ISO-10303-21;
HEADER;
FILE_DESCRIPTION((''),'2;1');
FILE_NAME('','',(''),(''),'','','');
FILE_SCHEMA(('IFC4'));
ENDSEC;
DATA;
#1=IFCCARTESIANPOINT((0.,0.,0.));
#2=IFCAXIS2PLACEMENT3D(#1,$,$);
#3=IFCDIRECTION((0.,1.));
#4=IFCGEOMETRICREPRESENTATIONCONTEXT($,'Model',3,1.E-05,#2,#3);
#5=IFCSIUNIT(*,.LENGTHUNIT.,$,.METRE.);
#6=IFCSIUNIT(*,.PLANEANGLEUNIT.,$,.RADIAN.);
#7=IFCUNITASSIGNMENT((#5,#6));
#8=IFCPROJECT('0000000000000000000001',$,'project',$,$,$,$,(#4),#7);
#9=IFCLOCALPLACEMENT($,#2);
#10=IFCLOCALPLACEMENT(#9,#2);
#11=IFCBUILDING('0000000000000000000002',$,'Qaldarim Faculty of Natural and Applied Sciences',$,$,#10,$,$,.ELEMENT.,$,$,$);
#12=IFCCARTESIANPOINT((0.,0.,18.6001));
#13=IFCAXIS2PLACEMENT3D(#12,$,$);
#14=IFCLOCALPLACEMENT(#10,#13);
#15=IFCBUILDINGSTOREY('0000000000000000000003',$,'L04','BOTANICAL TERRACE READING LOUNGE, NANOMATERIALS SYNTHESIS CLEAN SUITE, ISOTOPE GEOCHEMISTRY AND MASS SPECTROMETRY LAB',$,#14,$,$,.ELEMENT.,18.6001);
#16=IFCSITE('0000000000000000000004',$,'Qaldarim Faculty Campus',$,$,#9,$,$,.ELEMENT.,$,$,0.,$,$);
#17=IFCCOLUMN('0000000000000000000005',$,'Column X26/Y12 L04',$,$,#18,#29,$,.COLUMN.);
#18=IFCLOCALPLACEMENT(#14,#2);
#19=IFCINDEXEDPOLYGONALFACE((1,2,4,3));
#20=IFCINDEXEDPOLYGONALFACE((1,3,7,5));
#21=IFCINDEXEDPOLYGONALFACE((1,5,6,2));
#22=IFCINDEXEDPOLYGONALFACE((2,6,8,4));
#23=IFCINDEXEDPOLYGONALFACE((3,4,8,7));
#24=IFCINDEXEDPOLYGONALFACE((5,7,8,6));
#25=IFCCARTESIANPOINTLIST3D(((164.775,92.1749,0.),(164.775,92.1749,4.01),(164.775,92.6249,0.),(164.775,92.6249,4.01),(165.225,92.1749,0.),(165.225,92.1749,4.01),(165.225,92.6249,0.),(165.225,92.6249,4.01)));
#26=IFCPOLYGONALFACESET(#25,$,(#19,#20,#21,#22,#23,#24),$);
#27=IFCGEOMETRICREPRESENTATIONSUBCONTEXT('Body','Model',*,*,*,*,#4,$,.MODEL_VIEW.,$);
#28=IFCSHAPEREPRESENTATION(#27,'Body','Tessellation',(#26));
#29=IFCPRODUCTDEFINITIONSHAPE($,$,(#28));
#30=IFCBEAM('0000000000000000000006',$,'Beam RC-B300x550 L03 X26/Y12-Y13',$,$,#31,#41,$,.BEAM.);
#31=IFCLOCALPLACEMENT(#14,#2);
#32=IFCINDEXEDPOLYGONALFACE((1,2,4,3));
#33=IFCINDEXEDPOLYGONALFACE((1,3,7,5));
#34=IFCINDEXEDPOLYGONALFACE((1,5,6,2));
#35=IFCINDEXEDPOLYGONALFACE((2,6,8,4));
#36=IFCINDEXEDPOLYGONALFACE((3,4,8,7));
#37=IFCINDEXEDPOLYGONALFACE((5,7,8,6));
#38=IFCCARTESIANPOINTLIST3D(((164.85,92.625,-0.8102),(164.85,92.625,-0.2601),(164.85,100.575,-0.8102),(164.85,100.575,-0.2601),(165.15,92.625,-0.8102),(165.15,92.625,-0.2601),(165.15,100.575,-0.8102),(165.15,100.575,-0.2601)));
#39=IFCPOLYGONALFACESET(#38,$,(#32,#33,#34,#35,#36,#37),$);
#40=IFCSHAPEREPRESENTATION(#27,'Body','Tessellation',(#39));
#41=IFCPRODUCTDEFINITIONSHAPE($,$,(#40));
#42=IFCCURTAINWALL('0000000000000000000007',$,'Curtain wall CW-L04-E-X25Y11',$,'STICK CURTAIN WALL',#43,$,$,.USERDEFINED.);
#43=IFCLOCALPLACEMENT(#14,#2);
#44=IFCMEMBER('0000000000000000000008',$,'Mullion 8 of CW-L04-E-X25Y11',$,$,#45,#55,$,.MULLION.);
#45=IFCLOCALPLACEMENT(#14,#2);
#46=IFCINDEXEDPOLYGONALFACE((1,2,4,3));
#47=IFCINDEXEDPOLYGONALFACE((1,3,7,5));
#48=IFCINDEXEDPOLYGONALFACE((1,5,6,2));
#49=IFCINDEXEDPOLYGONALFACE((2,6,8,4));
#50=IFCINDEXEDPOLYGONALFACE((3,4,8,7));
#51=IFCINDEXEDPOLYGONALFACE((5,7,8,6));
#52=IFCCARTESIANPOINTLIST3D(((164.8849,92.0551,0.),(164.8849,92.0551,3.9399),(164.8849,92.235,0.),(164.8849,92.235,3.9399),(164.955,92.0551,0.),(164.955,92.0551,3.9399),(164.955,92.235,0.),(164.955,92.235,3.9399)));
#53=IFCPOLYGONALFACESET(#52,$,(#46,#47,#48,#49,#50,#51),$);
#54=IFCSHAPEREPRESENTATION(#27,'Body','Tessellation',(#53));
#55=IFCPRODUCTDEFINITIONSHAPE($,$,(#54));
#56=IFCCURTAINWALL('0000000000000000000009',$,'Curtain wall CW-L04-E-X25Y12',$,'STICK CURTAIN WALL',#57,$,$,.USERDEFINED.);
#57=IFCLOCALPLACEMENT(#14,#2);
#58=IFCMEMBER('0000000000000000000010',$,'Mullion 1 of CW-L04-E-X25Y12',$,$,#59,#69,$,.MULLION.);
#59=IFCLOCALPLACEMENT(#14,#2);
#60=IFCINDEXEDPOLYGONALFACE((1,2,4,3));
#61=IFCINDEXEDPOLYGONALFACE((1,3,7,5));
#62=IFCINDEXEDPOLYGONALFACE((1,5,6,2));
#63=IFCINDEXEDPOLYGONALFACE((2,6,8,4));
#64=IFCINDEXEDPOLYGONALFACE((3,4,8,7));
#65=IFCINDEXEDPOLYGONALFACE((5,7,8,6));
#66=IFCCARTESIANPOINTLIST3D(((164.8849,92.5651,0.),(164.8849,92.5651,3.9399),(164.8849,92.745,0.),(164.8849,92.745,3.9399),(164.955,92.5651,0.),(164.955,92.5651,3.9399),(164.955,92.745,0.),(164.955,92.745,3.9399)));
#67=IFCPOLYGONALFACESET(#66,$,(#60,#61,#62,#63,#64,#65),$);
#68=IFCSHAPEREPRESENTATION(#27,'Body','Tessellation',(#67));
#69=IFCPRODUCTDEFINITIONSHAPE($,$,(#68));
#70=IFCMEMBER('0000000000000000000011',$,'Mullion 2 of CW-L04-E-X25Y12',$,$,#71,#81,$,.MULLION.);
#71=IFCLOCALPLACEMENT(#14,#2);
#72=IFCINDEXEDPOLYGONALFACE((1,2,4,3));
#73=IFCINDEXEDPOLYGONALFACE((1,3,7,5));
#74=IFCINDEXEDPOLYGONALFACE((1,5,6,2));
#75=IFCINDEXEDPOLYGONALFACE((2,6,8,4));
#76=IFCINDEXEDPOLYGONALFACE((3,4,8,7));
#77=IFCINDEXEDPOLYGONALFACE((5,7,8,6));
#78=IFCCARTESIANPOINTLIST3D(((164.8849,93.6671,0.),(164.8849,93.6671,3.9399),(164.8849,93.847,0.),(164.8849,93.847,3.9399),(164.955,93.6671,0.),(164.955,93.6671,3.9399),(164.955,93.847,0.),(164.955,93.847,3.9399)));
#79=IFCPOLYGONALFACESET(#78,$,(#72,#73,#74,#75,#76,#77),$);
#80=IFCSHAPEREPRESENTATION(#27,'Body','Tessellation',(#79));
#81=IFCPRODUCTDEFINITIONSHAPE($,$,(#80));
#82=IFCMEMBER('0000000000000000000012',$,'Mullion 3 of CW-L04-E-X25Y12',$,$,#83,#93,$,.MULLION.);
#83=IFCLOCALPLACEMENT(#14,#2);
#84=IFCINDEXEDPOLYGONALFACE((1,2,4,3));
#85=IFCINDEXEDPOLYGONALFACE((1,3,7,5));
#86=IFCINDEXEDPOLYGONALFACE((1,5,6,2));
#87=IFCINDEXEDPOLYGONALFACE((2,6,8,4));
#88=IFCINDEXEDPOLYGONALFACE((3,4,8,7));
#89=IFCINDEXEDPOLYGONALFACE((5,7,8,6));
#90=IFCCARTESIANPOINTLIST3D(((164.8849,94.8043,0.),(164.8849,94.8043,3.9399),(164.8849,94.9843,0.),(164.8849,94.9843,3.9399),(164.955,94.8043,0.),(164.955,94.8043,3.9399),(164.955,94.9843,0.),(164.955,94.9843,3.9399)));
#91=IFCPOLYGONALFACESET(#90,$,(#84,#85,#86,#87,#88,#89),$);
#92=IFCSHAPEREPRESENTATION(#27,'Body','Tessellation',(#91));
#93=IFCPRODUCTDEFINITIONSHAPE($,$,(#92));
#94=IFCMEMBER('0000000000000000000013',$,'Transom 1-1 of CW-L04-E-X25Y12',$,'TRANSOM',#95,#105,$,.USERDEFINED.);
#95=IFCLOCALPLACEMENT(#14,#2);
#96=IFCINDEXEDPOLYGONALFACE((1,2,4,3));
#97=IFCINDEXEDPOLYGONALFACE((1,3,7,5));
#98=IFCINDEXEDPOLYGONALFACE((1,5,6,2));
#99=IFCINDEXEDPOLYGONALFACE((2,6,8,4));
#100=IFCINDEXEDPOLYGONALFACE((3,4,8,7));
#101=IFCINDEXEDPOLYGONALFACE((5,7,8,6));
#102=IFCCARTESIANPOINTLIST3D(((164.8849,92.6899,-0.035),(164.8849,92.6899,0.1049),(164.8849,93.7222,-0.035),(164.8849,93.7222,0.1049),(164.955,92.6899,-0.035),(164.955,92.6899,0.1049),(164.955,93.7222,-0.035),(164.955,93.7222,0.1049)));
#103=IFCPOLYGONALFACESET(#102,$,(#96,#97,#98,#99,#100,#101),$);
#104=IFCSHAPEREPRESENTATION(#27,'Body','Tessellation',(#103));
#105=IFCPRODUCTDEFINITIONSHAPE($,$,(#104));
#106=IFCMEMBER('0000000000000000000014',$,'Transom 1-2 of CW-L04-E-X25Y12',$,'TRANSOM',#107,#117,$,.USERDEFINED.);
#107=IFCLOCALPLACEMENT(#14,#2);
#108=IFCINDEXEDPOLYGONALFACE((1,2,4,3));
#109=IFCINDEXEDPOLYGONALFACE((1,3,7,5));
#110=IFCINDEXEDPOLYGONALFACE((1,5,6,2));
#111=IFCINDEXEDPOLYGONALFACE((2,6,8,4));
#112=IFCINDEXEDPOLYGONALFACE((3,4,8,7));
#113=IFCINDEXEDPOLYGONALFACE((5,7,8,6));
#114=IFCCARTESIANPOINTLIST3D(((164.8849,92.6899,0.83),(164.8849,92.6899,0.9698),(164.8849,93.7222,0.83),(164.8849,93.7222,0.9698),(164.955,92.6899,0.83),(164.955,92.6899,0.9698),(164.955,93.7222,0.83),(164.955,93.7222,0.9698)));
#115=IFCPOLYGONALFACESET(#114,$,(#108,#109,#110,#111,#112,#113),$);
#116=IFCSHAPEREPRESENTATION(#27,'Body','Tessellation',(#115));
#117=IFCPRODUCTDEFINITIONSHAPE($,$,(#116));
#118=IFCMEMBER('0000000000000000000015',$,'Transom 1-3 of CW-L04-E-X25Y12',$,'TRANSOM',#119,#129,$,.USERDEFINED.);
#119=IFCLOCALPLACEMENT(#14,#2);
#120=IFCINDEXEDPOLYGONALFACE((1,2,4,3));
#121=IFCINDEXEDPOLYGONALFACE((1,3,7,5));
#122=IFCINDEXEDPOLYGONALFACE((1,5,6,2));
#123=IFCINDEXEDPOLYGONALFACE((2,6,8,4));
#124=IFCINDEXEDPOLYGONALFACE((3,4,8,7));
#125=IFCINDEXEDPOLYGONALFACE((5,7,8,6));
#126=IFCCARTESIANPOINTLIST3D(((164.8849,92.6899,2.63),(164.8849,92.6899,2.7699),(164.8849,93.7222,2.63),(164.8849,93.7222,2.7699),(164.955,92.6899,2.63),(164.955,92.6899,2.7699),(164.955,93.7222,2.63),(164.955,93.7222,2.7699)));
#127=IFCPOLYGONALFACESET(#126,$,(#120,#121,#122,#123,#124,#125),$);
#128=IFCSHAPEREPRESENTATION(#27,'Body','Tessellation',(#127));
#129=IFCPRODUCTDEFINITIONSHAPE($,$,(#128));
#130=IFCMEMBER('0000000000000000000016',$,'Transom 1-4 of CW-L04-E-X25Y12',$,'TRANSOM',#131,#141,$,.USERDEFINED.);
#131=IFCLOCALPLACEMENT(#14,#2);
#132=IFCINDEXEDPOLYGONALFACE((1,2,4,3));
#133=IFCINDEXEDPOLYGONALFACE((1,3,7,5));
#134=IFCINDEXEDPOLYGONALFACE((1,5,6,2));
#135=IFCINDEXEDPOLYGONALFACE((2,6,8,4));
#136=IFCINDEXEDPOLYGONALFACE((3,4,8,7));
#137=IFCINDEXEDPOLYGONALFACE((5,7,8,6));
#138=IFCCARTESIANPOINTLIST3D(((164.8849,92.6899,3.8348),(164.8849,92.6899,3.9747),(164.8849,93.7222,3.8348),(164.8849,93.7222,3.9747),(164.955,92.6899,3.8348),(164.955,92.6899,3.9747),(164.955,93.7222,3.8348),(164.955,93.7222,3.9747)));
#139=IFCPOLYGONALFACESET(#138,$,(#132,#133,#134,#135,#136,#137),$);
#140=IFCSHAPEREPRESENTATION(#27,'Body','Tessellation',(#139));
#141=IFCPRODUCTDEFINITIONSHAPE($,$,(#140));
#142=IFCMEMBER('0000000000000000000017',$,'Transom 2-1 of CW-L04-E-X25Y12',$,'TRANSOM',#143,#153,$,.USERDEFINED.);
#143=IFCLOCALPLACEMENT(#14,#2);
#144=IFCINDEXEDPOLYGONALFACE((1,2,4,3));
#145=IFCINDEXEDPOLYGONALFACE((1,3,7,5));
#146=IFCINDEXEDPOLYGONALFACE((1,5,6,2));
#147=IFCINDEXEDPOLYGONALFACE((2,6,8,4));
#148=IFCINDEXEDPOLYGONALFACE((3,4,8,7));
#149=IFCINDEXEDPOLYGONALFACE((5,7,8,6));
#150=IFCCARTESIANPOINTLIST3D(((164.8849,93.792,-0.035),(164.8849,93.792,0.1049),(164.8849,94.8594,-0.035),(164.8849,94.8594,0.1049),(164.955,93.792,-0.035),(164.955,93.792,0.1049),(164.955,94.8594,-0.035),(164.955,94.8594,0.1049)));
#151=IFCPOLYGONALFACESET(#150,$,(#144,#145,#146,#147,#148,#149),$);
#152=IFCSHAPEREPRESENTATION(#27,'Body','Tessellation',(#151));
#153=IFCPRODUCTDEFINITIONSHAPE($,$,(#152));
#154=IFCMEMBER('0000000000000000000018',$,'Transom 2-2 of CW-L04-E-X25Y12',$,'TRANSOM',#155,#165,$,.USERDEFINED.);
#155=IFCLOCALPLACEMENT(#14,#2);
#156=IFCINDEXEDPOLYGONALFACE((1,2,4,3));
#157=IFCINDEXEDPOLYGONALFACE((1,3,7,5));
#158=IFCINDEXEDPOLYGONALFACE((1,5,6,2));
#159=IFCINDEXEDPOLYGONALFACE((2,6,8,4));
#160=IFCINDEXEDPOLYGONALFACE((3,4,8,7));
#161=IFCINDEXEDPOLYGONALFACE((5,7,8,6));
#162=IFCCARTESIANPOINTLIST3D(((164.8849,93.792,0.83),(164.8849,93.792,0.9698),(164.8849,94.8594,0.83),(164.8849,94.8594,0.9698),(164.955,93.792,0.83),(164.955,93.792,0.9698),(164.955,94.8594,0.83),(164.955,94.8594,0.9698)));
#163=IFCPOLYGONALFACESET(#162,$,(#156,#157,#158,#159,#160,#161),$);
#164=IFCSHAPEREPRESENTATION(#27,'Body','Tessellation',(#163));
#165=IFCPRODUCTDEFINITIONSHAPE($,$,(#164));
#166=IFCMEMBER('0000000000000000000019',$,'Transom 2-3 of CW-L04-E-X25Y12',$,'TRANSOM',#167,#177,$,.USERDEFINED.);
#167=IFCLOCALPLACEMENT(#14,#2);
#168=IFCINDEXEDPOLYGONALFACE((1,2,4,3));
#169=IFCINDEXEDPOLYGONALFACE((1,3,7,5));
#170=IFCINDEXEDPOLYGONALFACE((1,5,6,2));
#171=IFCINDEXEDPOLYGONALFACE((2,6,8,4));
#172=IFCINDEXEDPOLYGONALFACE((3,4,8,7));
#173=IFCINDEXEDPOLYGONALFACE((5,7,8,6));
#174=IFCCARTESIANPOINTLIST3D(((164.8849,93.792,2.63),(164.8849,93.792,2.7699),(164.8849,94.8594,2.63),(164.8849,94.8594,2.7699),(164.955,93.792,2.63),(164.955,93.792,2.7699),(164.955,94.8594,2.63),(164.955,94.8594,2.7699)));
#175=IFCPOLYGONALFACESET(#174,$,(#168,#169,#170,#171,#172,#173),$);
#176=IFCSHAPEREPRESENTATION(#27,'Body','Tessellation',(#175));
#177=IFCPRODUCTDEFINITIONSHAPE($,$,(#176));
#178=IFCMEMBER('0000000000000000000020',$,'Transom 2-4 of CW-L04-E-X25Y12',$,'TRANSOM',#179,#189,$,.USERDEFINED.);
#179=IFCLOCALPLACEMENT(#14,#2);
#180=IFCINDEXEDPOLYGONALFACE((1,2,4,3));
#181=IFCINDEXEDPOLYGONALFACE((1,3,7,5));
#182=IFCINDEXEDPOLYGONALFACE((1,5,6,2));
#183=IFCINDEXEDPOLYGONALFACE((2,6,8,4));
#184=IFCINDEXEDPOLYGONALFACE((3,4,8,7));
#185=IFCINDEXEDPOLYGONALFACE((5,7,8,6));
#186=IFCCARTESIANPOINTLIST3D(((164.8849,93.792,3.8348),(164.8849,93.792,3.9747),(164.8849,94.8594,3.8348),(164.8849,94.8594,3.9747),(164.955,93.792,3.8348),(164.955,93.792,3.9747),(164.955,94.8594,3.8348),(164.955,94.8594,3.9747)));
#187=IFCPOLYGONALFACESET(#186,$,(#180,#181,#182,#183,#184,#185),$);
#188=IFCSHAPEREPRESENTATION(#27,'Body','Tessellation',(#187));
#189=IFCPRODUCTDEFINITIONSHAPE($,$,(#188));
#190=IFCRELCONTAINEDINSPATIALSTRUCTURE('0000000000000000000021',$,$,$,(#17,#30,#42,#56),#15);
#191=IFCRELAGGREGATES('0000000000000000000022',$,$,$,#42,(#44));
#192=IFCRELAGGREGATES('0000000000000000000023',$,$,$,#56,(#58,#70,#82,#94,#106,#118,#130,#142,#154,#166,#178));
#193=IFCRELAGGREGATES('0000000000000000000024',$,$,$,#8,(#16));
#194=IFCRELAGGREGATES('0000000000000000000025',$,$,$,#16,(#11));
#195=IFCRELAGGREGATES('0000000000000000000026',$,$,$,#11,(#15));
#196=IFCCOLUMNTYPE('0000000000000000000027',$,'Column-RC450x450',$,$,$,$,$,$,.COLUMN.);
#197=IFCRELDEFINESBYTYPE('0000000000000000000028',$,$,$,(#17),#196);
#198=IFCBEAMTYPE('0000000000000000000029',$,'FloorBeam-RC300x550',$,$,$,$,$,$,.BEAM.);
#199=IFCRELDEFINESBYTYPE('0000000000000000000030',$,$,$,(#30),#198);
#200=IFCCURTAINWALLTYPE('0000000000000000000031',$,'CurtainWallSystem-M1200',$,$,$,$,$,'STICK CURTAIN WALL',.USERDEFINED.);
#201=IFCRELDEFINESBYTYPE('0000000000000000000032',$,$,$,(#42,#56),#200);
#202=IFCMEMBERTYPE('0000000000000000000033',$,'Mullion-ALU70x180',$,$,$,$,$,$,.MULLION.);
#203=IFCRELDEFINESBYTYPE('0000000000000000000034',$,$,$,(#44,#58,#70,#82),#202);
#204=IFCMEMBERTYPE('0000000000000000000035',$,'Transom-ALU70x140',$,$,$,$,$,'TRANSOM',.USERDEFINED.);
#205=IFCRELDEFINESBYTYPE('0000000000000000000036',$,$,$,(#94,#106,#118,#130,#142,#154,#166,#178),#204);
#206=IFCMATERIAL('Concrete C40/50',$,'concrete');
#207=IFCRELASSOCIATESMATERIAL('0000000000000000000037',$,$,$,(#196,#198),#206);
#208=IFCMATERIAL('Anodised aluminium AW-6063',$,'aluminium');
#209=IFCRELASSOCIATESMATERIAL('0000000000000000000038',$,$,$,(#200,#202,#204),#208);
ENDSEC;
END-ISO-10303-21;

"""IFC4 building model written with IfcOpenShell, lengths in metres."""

from ifc_helpers import new_model, si_unit, direction, frame, origin, origin_2d, place, context, subcontext, project, spatial, rectangle, extrude, material, material_profile, profile_set, type_object, element, aggregate, save


model = new_model("IFC4")

# Units and contexts
model_context = context("Model", 3, precision=1e-05, world=origin(), true_north=direction((0.0, 1.0)))
body_context = subcontext(model_context, "Body", "Model", "MODEL_VIEW")
ifc_project = project(units=[si_unit("LENGTHUNIT", "METRE"), si_unit("PLANEANGLEUNIT", "RADIAN")], contexts=[model_context])

# Site, building, storey
site_placement = place(None, origin())
site = spatial("IfcSite", under=ifc_project, at=site_placement, Name="Qaldarim Faculty Campus", CompositionType="ELEMENT", RefElevation=0.0)
building_placement = place(site_placement, origin())
building = spatial("IfcBuilding", under=site, at=building_placement, Name="Qaldarim Faculty of Natural and Applied Sciences", CompositionType="ELEMENT")
storey_placement = place(building_placement, frame((0.0, 0.0, 18.6001)))
storey = spatial("IfcBuildingStorey", under=building, at=storey_placement, Name="L04", Description="BOTANICAL TERRACE READING LOUNGE, NANOMATERIALS SYNTHESIS CLEAN SUITE, ISOTOPE GEOCHEMISTRY AND MASS SPECTROMETRY LAB", CompositionType="ELEMENT", Elevation=18.6001)

# Column
ifc_material_1 = material(Name="Concrete C40/50", Category="concrete")
ifc_material_profile_1 = material_profile(ifc_material_1, rectangle(XDim=0.45, YDim=0.45, at=origin_2d()), Name="RC-C450x450")
ifc_profile_set_1 = profile_set([ifc_material_profile_1], Name="Concrete C40/50")
column_type = type_object("IfcColumnType", Name="Column-RC450x450", PredefinedType="COLUMN", material=ifc_profile_set_1)
column_placement = place(storey_placement, frame((165.0, 92.3999, 0.0), z_axis=(0.0, 0.0, 1.0), x_axis=(1.0, 0.0, 0.0)))
element("IfcColumn", 1, at=column_placement, inside=storey, type_object=column_type, Name="Column X26/Y12 L04", PredefinedType="COLUMN", context=body_context, shape_type="SweptSolid", body=[
    extrude(rectangle(XDim=0.45, YDim=0.45, at=origin_2d()), origin(), (0.0, 0.0, 1.0), 4.01),
])

# Beam
ifc_material_profile_2 = material_profile(ifc_material_1, rectangle(XDim=0.3, YDim=0.55, at=origin_2d()), Name="RC-B300x550")
ifc_profile_set_2 = profile_set([ifc_material_profile_2], Name="Concrete C40/50")
beam_type = type_object("IfcBeamType", Name="FloorBeam-RC300x550", PredefinedType="BEAM", material=ifc_profile_set_2)
beam_placement = place(storey_placement, frame((165.0, 92.625, -0.5352), z_axis=(0.0, 1.0, 0.0), x_axis=(-1.0, 0.0, 0.0)))
element("IfcBeam", 2, at=beam_placement, inside=storey, type_object=beam_type, Name="Beam RC-B300x550 L03 X26/Y12-Y13", PredefinedType="BEAM", context=body_context, shape_type="SweptSolid", body=[
    extrude(rectangle(XDim=0.3, YDim=0.55, at=origin_2d()), origin(), (0.0, 0.0, 1.0), 7.95),
])

# Curtain wall, member
ifc_material_2 = material(Name="Anodised aluminium AW-6063", Category="aluminium")
curtain_wall_type = type_object("IfcCurtainWallType", Name="CurtainWallSystem-M1200", ElementType="STICK CURTAIN WALL", PredefinedType="USERDEFINED", material=ifc_material_2)
curtain_wall_1_placement = place(storey_placement, origin())
curtain_wall_1 = element("IfcCurtainWall", 3, at=curtain_wall_1_placement, inside=storey, type_object=curtain_wall_type, Name="Curtain wall CW-L04-E-X25Y11", ObjectType="STICK CURTAIN WALL", PredefinedType="USERDEFINED")
ifc_material_profile_3 = material_profile(ifc_material_2, rectangle(XDim=0.0701, YDim=0.1799, at=origin_2d()), Name="ALU-M70x180")
ifc_profile_set_3 = profile_set([ifc_material_profile_3], Name="Anodised aluminium AW-6063")
member_type_1 = type_object("IfcMemberType", Name="Mullion-ALU70x180", PredefinedType="MULLION", material=ifc_profile_set_3)
member_1_placement = place(storey_placement, frame((164.9199, 92.145, 0.0), z_axis=(0.0, 0.0, 1.0), x_axis=(-1.0, 0.0, 0.0)))
member_1 = element("IfcMember", 4, at=member_1_placement, type_object=member_type_1, Name="Mullion 8 of CW-L04-E-X25Y11", PredefinedType="MULLION", context=body_context, shape_type="SweptSolid", body=[
    extrude(rectangle(XDim=0.0701, YDim=0.1799, at=origin_2d()), origin(), (0.0, 0.0, 1.0), 3.9399),
])
aggregate(curtain_wall_1, [member_1])

# Curtain wall, members
curtain_wall_2_placement = place(storey_placement, origin())
curtain_wall_2 = element("IfcCurtainWall", 5, at=curtain_wall_2_placement, inside=storey, type_object=curtain_wall_type, Name="Curtain wall CW-L04-E-X25Y12", ObjectType="STICK CURTAIN WALL", PredefinedType="USERDEFINED")
member_2_placement = place(storey_placement, frame((164.9199, 92.655, 0.0), z_axis=(0.0, 0.0, 1.0), x_axis=(-1.0, 0.0, 0.0)))
member_2 = element("IfcMember", 6, at=member_2_placement, type_object=member_type_1, Name="Mullion 1 of CW-L04-E-X25Y12", PredefinedType="MULLION", context=body_context, shape_type="SweptSolid", body=[
    extrude(rectangle(XDim=0.0701, YDim=0.1799, at=origin_2d()), origin(), (0.0, 0.0, 1.0), 3.9399),
])
member_3_placement = place(storey_placement, frame((164.9199, 93.7571, 0.0), z_axis=(0.0, 0.0, 1.0), x_axis=(-1.0, 0.0, 0.0)))
member_3 = element("IfcMember", 7, at=member_3_placement, type_object=member_type_1, Name="Mullion 2 of CW-L04-E-X25Y12", PredefinedType="MULLION", context=body_context, shape_type="SweptSolid", body=[
    extrude(rectangle(XDim=0.0701, YDim=0.1799, at=origin_2d()), origin(), (0.0, 0.0, 1.0), 3.9399),
])
member_4_placement = place(storey_placement, frame((164.9199, 94.8943, 0.0), z_axis=(0.0, 0.0, 1.0), x_axis=(-1.0, 0.0, 0.0)))
member_4 = element("IfcMember", 8, at=member_4_placement, type_object=member_type_1, Name="Mullion 3 of CW-L04-E-X25Y12", PredefinedType="MULLION", context=body_context, shape_type="SweptSolid", body=[
    extrude(rectangle(XDim=0.0701, YDim=0.1799, at=origin_2d()), origin(), (0.0, 0.0, 1.0), 3.9399),
])
ifc_material_profile_4 = material_profile(ifc_material_2, rectangle(XDim=0.0701, YDim=0.1399, at=origin_2d()), Name="ALU-T70x140")
ifc_profile_set_4 = profile_set([ifc_material_profile_4], Name="Anodised aluminium AW-6063")
member_type_2 = type_object("IfcMemberType", Name="Transom-ALU70x140", ElementType="TRANSOM", PredefinedType="USERDEFINED", material=ifc_profile_set_4)
member_5_placement = place(storey_placement, frame((164.9199, 92.6899, 0.0349), z_axis=(0.0, 1.0, 0.0), x_axis=(-1.0, 0.0, 0.0)))
member_5 = element("IfcMember", 9, at=member_5_placement, type_object=member_type_2, Name="Transom 1-1 of CW-L04-E-X25Y12", ObjectType="TRANSOM", PredefinedType="USERDEFINED", context=body_context, shape_type="SweptSolid", body=[
    extrude(rectangle(XDim=0.0701, YDim=0.1399, at=origin_2d()), origin(), (0.0, 0.0, 1.0), 1.0322),
])
member_6_placement = place(storey_placement, frame((164.9199, 92.6899, 0.8999), z_axis=(0.0, 1.0, 0.0), x_axis=(-1.0, 0.0, 0.0)))
member_6 = element("IfcMember", 10, at=member_6_placement, type_object=member_type_2, Name="Transom 1-2 of CW-L04-E-X25Y12", ObjectType="TRANSOM", PredefinedType="USERDEFINED", context=body_context, shape_type="SweptSolid", body=[
    extrude(rectangle(XDim=0.0701, YDim=0.1399, at=origin_2d()), origin(), (0.0, 0.0, 1.0), 1.0322),
])
member_7_placement = place(storey_placement, frame((164.9199, 92.6899, 2.7), z_axis=(0.0, 1.0, 0.0), x_axis=(-1.0, 0.0, 0.0)))
member_7 = element("IfcMember", 11, at=member_7_placement, type_object=member_type_2, Name="Transom 1-3 of CW-L04-E-X25Y12", ObjectType="TRANSOM", PredefinedType="USERDEFINED", context=body_context, shape_type="SweptSolid", body=[
    extrude(rectangle(XDim=0.0701, YDim=0.1399, at=origin_2d()), origin(), (0.0, 0.0, 1.0), 1.0322),
])
member_8_placement = place(storey_placement, frame((164.9199, 92.6899, 3.9048), z_axis=(0.0, 1.0, 0.0), x_axis=(-1.0, 0.0, 0.0)))
member_8 = element("IfcMember", 12, at=member_8_placement, type_object=member_type_2, Name="Transom 1-4 of CW-L04-E-X25Y12", ObjectType="TRANSOM", PredefinedType="USERDEFINED", context=body_context, shape_type="SweptSolid", body=[
    extrude(rectangle(XDim=0.0701, YDim=0.1399, at=origin_2d()), origin(), (0.0, 0.0, 1.0), 1.0322),
])
member_9_placement = place(storey_placement, frame((164.9199, 93.792, 0.0349), z_axis=(0.0, 1.0, 0.0), x_axis=(-1.0, 0.0, 0.0)))
member_9 = element("IfcMember", 13, at=member_9_placement, type_object=member_type_2, Name="Transom 2-1 of CW-L04-E-X25Y12", ObjectType="TRANSOM", PredefinedType="USERDEFINED", context=body_context, shape_type="SweptSolid", body=[
    extrude(rectangle(XDim=0.0701, YDim=0.1399, at=origin_2d()), origin(), (0.0, 0.0, 1.0), 1.0674),
])
member_10_placement = place(storey_placement, frame((164.9199, 93.792, 0.8999), z_axis=(0.0, 1.0, 0.0), x_axis=(-1.0, 0.0, 0.0)))
member_10 = element("IfcMember", 14, at=member_10_placement, type_object=member_type_2, Name="Transom 2-2 of CW-L04-E-X25Y12", ObjectType="TRANSOM", PredefinedType="USERDEFINED", context=body_context, shape_type="SweptSolid", body=[
    extrude(rectangle(XDim=0.0701, YDim=0.1399, at=origin_2d()), origin(), (0.0, 0.0, 1.0), 1.0674),
])
member_11_placement = place(storey_placement, frame((164.9199, 93.792, 2.7), z_axis=(0.0, 1.0, 0.0), x_axis=(-1.0, 0.0, 0.0)))
member_11 = element("IfcMember", 15, at=member_11_placement, type_object=member_type_2, Name="Transom 2-3 of CW-L04-E-X25Y12", ObjectType="TRANSOM", PredefinedType="USERDEFINED", context=body_context, shape_type="SweptSolid", body=[
    extrude(rectangle(XDim=0.0701, YDim=0.1399, at=origin_2d()), origin(), (0.0, 0.0, 1.0), 1.0674),
])
member_12_placement = place(storey_placement, frame((164.9199, 93.792, 3.9048), z_axis=(0.0, 1.0, 0.0), x_axis=(-1.0, 0.0, 0.0)))
member_12 = element("IfcMember", 16, at=member_12_placement, type_object=member_type_2, Name="Transom 2-4 of CW-L04-E-X25Y12", ObjectType="TRANSOM", PredefinedType="USERDEFINED", context=body_context, shape_type="SweptSolid", body=[
    extrude(rectangle(XDim=0.0701, YDim=0.1399, at=origin_2d()), origin(), (0.0, 0.0, 1.0), 1.0674),
])
aggregate(curtain_wall_2, [member_2, member_3, member_4, member_5, member_6, member_7, member_8, member_9, member_10, member_11, member_12])

save(model, "model.ifc")
